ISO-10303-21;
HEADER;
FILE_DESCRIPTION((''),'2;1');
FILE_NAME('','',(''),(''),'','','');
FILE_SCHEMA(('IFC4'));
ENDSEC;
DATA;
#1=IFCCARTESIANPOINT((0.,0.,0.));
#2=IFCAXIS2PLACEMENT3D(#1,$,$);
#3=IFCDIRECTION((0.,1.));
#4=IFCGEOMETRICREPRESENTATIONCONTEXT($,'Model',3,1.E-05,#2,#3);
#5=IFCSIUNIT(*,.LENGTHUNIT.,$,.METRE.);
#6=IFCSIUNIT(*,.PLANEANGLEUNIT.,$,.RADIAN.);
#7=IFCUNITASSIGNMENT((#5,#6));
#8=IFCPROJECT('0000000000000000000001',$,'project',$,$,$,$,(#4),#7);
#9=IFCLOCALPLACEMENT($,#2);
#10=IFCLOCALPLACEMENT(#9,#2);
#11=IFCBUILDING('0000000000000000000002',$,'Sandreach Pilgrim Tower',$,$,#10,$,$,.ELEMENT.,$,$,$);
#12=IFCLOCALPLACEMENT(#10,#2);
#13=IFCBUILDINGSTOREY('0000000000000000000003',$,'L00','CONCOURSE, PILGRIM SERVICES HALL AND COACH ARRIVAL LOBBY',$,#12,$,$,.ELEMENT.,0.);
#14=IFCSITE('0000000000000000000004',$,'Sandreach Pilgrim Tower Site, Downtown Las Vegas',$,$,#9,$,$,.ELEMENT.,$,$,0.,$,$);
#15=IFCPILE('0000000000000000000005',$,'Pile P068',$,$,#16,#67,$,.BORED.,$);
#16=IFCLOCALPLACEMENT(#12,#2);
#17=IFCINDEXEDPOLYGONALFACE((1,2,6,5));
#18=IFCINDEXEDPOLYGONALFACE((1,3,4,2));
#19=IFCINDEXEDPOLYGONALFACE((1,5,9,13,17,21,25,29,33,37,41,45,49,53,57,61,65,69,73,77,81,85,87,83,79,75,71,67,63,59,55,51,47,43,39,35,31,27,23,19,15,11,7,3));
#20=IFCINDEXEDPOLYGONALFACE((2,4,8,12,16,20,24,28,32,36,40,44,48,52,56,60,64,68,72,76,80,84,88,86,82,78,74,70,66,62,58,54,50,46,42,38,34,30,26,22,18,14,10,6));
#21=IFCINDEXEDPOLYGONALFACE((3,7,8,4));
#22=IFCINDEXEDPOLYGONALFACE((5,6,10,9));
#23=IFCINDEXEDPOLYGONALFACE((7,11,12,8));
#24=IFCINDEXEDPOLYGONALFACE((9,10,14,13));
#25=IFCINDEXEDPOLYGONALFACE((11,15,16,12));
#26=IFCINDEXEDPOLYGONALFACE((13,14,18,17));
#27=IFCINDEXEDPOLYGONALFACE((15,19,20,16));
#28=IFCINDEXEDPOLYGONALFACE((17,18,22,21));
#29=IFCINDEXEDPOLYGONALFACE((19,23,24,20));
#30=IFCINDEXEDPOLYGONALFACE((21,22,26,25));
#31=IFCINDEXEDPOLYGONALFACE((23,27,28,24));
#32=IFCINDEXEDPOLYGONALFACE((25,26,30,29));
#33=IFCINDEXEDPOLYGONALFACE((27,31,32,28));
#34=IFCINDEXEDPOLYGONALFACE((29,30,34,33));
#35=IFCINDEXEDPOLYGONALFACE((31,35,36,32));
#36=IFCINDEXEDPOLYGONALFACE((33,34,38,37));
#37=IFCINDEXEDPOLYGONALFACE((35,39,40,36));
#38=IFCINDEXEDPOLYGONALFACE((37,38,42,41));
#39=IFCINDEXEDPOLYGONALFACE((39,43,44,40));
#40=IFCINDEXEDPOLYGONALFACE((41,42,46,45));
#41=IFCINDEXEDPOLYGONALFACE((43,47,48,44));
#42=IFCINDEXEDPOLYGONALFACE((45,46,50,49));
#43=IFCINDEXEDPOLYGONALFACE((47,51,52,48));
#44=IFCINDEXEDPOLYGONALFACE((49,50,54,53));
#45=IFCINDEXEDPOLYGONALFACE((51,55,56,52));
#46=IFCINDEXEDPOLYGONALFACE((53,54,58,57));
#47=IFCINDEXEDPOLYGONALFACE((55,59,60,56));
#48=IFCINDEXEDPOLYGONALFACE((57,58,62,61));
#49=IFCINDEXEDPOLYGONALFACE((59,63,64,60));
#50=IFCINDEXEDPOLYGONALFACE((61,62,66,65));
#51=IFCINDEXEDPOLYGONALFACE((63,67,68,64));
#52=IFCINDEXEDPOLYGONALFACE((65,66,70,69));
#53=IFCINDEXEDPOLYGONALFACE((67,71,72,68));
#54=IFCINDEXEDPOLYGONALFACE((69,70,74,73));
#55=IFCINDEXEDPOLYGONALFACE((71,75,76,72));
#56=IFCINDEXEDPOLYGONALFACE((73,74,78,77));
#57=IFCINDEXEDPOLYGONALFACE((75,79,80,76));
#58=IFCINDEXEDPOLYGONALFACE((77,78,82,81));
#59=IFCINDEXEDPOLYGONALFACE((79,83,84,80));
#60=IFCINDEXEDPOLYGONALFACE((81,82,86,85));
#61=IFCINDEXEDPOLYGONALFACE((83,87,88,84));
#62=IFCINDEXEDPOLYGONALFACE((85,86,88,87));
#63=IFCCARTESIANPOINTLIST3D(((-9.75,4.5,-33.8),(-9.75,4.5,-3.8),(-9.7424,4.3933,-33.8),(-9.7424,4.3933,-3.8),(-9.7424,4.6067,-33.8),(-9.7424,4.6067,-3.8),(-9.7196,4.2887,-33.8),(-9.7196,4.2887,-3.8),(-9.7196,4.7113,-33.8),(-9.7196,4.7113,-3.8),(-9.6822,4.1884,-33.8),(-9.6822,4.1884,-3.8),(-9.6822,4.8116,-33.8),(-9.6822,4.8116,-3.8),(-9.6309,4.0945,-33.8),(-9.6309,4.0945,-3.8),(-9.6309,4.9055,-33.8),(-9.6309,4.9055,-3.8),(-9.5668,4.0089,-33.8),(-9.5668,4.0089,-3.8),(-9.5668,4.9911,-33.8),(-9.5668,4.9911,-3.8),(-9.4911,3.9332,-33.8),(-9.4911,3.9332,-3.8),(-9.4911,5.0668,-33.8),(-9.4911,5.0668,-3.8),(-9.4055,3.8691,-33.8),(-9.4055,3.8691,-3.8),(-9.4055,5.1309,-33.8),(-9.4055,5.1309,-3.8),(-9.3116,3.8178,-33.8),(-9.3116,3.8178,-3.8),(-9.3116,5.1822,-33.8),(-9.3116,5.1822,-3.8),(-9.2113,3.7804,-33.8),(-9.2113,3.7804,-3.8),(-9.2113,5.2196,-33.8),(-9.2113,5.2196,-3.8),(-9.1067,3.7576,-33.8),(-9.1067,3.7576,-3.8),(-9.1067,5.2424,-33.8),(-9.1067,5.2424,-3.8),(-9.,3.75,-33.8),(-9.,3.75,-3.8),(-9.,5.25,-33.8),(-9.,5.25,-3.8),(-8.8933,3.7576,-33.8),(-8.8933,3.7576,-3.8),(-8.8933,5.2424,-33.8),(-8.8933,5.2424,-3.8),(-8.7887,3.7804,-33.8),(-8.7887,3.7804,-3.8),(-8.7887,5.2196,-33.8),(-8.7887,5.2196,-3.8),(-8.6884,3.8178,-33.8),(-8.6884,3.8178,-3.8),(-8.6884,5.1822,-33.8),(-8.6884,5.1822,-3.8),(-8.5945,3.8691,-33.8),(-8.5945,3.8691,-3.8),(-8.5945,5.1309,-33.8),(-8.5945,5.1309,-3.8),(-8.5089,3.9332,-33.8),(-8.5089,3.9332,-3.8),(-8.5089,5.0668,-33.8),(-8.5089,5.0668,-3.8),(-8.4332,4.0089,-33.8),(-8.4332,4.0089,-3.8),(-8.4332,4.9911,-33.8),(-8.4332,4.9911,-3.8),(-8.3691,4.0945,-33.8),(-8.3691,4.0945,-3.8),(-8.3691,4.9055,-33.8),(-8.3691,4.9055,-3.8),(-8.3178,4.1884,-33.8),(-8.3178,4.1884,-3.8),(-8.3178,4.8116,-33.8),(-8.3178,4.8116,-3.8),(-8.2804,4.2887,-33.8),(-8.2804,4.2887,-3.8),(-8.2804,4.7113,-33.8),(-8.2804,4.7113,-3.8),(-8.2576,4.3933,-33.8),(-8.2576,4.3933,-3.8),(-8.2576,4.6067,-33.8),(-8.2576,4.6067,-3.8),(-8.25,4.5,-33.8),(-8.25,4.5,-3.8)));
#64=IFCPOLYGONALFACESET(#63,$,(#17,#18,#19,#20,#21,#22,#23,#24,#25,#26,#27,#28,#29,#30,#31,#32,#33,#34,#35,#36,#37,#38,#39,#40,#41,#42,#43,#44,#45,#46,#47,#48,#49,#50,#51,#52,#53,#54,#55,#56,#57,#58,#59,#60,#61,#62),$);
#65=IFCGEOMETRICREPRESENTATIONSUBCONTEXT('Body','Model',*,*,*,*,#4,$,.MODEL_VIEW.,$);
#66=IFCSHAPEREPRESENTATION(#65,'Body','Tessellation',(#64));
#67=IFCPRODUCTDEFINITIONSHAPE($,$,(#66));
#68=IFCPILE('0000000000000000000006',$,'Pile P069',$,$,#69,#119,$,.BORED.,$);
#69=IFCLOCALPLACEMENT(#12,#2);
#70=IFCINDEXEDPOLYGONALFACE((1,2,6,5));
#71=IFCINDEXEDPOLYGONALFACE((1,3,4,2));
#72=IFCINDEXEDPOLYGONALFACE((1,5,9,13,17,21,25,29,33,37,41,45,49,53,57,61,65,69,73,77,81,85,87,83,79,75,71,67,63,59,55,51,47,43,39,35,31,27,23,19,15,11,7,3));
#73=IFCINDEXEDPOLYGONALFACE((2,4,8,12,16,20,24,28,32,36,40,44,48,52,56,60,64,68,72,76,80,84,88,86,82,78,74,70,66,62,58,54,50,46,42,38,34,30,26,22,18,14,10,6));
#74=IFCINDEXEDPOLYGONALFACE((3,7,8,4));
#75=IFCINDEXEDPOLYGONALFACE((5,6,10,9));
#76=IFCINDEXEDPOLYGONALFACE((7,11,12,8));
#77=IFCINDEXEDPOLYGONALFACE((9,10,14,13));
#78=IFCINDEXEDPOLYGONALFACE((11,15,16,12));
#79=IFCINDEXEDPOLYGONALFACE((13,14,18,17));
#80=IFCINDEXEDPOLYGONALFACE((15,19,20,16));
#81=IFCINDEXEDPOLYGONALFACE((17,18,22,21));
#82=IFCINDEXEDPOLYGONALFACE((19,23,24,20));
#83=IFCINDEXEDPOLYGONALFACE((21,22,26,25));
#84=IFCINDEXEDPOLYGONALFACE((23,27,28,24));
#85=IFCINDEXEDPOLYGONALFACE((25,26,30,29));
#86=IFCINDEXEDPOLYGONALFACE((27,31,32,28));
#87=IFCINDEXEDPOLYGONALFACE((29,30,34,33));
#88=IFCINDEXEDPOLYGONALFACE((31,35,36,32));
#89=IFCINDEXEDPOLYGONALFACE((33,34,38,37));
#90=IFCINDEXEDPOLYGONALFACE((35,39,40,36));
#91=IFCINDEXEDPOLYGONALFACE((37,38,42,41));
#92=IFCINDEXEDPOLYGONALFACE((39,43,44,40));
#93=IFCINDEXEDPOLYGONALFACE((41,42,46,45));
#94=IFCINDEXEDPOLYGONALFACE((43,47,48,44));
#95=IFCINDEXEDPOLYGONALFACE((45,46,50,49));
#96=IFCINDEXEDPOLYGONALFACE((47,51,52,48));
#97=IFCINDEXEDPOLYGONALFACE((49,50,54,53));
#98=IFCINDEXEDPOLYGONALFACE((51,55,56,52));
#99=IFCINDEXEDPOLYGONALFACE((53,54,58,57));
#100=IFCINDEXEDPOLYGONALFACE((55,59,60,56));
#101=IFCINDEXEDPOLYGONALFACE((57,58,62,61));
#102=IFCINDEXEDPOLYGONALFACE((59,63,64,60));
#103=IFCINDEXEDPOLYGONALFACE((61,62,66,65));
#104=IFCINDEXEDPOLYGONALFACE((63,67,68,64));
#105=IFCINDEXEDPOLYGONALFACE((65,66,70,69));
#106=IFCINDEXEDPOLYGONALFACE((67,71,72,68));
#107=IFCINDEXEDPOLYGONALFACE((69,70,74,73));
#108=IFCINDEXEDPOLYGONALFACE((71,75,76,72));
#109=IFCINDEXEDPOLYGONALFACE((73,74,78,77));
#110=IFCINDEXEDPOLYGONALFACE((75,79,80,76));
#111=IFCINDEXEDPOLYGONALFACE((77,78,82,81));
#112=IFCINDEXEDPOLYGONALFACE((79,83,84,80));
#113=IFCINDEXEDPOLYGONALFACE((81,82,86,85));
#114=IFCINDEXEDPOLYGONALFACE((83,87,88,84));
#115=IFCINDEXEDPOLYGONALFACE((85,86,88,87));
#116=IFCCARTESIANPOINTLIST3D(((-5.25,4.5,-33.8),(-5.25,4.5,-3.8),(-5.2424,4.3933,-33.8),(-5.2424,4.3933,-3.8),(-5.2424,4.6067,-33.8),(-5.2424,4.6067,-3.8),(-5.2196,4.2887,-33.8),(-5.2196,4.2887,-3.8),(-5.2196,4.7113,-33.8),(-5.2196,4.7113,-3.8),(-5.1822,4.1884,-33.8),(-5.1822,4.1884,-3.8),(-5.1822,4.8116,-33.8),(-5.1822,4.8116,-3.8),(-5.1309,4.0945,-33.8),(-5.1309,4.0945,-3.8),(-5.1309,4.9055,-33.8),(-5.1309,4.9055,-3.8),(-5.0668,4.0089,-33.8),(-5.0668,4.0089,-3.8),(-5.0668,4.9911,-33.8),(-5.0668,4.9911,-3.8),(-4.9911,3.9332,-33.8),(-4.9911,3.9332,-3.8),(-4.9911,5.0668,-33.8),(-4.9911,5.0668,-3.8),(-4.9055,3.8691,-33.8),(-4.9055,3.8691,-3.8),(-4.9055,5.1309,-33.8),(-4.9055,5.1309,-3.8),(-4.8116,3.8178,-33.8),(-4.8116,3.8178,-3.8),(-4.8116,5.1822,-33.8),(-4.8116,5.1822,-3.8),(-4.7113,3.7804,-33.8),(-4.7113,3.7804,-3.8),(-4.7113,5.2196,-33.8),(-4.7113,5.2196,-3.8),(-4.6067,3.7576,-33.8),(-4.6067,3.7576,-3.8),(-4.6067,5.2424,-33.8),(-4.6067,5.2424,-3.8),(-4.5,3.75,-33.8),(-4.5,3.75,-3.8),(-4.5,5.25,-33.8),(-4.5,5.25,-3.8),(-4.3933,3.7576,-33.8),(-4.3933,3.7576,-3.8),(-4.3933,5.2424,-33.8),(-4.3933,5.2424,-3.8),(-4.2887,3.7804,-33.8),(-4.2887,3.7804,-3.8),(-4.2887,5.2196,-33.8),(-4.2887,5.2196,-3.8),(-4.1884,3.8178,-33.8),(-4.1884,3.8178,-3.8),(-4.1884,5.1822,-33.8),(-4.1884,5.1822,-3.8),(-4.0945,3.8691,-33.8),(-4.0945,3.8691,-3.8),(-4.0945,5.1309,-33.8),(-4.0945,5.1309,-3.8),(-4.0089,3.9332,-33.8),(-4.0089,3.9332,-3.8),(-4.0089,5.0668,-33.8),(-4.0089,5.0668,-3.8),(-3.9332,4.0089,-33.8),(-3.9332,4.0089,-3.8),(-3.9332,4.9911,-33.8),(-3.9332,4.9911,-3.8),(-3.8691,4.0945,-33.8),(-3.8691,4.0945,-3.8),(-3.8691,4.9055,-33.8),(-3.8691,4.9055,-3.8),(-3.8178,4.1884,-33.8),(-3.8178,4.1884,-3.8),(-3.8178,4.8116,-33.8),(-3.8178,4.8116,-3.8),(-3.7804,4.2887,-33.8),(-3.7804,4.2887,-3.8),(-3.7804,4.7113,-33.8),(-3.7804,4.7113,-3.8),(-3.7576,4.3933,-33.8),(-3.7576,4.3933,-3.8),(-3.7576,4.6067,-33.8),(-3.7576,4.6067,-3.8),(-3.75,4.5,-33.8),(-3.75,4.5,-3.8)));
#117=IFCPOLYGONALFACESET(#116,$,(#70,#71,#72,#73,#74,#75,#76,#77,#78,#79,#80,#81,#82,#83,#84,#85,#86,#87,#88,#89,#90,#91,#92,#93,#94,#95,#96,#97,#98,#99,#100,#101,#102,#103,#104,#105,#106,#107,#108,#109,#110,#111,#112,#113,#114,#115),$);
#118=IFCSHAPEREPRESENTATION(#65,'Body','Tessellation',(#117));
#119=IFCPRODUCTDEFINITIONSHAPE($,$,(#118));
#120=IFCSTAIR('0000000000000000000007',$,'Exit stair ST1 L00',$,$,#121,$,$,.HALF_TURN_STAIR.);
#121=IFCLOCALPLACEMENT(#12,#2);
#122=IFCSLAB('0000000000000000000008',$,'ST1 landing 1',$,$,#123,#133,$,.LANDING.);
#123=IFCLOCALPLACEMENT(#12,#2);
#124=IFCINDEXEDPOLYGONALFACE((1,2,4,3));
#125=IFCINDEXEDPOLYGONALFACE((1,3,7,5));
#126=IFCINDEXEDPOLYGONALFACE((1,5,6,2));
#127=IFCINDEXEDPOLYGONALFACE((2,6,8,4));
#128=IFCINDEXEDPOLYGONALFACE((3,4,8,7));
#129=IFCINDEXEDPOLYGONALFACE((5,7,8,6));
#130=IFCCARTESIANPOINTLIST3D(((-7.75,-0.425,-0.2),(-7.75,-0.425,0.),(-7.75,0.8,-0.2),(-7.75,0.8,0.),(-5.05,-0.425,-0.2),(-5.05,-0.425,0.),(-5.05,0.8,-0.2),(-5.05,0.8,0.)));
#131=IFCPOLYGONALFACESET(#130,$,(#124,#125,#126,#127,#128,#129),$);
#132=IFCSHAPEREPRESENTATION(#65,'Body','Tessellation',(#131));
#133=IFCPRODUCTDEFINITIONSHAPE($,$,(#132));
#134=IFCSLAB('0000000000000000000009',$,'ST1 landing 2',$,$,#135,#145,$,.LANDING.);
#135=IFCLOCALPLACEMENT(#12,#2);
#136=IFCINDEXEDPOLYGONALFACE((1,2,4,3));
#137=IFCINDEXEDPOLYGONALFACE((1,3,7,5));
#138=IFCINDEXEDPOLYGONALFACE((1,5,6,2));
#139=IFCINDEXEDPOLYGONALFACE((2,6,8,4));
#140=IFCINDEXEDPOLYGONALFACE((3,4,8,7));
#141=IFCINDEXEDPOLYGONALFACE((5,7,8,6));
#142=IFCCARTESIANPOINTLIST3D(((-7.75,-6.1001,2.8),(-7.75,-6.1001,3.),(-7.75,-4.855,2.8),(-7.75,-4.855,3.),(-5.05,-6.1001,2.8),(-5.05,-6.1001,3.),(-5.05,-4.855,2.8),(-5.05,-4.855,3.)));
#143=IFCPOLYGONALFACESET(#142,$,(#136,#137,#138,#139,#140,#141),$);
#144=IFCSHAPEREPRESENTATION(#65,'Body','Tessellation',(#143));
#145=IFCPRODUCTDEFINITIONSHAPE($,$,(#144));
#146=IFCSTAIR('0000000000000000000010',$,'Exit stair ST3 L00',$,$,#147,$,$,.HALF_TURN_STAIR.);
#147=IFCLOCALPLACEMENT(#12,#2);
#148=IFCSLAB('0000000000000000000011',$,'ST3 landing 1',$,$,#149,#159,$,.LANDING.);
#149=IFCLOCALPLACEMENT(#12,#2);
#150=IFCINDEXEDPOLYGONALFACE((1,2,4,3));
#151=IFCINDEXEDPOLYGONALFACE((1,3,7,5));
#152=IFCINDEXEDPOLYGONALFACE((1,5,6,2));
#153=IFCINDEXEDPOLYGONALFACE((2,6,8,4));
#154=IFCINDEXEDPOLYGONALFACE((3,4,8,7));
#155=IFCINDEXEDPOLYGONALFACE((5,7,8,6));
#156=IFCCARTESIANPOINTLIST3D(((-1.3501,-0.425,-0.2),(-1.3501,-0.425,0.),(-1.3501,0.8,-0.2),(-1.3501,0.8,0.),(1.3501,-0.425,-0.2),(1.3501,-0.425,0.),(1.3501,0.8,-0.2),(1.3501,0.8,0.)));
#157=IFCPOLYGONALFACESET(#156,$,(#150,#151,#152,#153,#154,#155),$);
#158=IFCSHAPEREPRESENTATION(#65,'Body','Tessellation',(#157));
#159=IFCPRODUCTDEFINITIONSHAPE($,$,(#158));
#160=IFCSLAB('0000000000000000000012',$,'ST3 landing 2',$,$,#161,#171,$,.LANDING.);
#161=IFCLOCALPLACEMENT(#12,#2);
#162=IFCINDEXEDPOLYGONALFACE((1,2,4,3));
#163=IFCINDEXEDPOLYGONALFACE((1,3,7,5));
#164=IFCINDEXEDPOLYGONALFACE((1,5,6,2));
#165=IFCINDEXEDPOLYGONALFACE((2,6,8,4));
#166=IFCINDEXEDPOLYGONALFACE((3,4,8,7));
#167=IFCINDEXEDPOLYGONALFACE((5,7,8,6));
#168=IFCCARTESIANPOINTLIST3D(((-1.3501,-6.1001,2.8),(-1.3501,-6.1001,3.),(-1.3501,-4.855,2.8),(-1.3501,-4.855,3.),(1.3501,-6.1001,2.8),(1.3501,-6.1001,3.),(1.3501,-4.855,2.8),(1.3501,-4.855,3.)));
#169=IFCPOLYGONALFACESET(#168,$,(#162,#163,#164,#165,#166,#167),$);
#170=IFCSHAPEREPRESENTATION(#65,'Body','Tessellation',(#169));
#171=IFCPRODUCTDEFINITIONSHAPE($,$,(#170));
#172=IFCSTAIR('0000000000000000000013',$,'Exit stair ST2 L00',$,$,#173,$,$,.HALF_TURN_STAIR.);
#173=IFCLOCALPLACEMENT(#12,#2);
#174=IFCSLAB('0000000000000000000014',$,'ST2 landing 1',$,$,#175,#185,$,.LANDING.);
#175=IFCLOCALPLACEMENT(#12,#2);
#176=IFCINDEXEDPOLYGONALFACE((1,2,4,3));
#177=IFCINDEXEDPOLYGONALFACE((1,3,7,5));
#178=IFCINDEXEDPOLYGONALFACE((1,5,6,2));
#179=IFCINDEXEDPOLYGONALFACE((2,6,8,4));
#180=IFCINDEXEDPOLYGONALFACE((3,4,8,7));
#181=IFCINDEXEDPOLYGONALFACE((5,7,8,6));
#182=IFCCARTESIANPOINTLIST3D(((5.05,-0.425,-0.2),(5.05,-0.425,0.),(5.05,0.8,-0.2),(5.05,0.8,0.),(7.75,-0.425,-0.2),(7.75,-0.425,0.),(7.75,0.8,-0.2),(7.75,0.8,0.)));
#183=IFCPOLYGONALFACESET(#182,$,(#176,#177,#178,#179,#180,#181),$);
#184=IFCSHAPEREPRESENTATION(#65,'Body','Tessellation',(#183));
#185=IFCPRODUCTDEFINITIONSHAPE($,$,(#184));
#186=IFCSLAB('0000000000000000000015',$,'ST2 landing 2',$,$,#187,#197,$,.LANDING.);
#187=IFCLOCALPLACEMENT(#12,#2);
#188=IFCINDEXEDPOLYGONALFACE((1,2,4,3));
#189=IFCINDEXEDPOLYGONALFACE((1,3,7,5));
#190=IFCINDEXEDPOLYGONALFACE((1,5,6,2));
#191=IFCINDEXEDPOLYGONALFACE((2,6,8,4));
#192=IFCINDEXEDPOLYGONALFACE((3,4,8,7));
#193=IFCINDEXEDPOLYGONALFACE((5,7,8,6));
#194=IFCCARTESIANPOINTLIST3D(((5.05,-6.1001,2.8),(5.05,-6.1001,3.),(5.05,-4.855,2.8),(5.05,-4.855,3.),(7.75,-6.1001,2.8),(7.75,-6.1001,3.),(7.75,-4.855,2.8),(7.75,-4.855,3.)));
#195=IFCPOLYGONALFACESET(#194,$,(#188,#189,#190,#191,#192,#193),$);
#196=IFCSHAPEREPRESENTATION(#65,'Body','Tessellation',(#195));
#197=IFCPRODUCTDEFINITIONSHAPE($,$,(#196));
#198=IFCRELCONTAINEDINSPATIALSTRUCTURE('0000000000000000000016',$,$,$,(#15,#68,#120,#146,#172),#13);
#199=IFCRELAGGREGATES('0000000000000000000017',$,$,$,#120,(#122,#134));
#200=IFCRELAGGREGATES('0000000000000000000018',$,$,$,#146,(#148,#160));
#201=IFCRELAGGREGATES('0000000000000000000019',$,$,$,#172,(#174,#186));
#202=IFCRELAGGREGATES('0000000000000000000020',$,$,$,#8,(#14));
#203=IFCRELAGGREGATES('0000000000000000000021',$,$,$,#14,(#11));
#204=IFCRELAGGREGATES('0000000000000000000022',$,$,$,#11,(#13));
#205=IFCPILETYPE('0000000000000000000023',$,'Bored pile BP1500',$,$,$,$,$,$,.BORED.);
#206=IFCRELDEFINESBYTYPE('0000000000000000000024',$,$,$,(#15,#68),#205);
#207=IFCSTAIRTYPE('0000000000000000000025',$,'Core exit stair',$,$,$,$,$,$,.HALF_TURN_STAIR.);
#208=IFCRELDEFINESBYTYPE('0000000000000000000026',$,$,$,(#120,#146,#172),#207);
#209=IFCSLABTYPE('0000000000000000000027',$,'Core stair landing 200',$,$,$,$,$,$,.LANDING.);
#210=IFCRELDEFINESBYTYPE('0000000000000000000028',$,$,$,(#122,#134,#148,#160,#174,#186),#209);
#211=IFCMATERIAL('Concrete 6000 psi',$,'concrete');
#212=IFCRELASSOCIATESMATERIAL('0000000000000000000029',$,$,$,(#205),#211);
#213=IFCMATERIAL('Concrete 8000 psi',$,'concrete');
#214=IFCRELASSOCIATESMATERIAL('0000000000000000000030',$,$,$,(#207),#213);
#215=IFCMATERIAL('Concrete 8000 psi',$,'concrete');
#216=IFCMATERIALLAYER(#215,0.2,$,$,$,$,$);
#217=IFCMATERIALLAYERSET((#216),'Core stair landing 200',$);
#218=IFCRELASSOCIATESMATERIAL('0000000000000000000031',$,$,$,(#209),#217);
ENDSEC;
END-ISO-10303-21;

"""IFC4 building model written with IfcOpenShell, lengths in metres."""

from ifc_helpers import new_model, si_unit, direction, frame, origin, origin_2d, place, context, subcontext, project, spatial, polyline, circle, outline, extrude, material, layer, layer_set, material_profile, profile_set, type_object, element, aggregate, save


model = new_model("IFC4")

# Units and contexts
model_context = context("Model", 3, precision=1e-05, world=origin(), true_north=direction((0.0, 1.0)))
body_context = subcontext(model_context, "Body", "Model", "MODEL_VIEW")
ifc_project = project(units=[si_unit("LENGTHUNIT", "METRE"), si_unit("PLANEANGLEUNIT", "RADIAN")], contexts=[model_context])

# Site, building, storey
site_placement = place(None, origin())
site = spatial("IfcSite", under=ifc_project, at=site_placement, Name="Sandreach Pilgrim Tower Site, Downtown Las Vegas", CompositionType="ELEMENT", RefElevation=0.0)
building_placement = place(site_placement, origin())
building = spatial("IfcBuilding", under=site, at=building_placement, Name="Sandreach Pilgrim Tower", CompositionType="ELEMENT")
storey_placement = place(building_placement, origin())
storey = spatial("IfcBuildingStorey", under=building, at=storey_placement, Name="L00", Description="CONCOURSE, PILGRIM SERVICES HALL AND COACH ARRIVAL LOBBY", CompositionType="ELEMENT", Elevation=0.0)

# Piles
ifc_material_1 = material(Name="Concrete 6000 psi", Category="concrete")
ifc_material_profile = material_profile(ifc_material_1, circle(Radius=0.75, at=origin_2d()), Name="BP1500")
ifc_profile_set = profile_set([ifc_material_profile], Name="Concrete 6000 psi")
pile_type = type_object("IfcPileType", Name="Bored pile BP1500", PredefinedType="BORED", material=ifc_profile_set)
for number, where, z_axis, x_axis, name in (
    (1, (-9.0, 4.5, -3.8), (0.0, 0.0, -1.0), (1.0, 0.0, 0.0), "Pile P068"),
    (2, (-4.5, 4.5, -3.8), (0.0, 0.0, -1.0), (1.0, 0.0, 0.0), "Pile P069"),
):
    element("IfcPile", number, at=place(storey_placement, frame(where, z_axis=z_axis, x_axis=x_axis)), inside=storey, type_object=pile_type, Name=name, PredefinedType="BORED", context=body_context, shape_type="SweptSolid", body=[
        extrude(circle(Radius=0.75, at=origin_2d()), origin(), (0.0, 0.0, 1.0), 30.0),
    ])

# Stairs, slabs
ifc_material_2 = material(Name="Concrete 8000 psi", Category="concrete")
stair_type_1 = type_object("IfcStairType", Name="Core exit stair", PredefinedType="HALF_TURN_STAIR", material=ifc_material_2)
stair_1_placement = place(storey_placement, origin())
stair_1 = element("IfcStair", 3, at=stair_1_placement, inside=storey, type_object=stair_type_1, Name="Exit stair ST1 L00", PredefinedType="HALF_TURN_STAIR")
ifc_material_3 = material(Name="Concrete 8000 psi", Category="concrete")
ifc_layer_1 = layer(ifc_material_3, 0.2)
ifc_layer_set_1 = layer_set([ifc_layer_1], Name="Core stair landing 200")
slab_type_1 = type_object("IfcSlabType", Name="Core stair landing 200", PredefinedType="LANDING", material=ifc_layer_set_1)
slab_1_placement = place(storey_placement, frame((0.0, 0.0, -0.2)))
slab_1 = element("IfcSlab", 4, at=slab_1_placement, type_object=slab_type_1, Name="ST1 landing 1", PredefinedType="LANDING", context=body_context, shape_type="SweptSolid", body=[
    extrude(outline(polyline([(-7.75, -0.425), (-5.05, -0.425), (-5.05, 0.8), (-7.75, 0.8), (-7.75, -0.425)])), origin(), (0.0, 0.0, 1.0), 0.2),
])
slab_2_placement = place(storey_placement, frame((0.0, 0.0, 2.8)))
slab_2 = element("IfcSlab", 5, at=slab_2_placement, type_object=slab_type_1, Name="ST1 landing 2", PredefinedType="LANDING", context=body_context, shape_type="SweptSolid", body=[
    extrude(outline(polyline([(-7.75, -6.1001), (-5.05, -6.1001), (-5.05, -4.855), (-7.75, -4.855), (-7.75, -6.1001)])), origin(), (0.0, 0.0, 1.0), 0.2),
])
aggregate(stair_1, [slab_1, slab_2])
stair_2_placement = place(storey_placement, origin())
stair_2 = element("IfcStair", 6, at=stair_2_placement, inside=storey, type_object=stair_type_1, Name="Exit stair ST3 L00", PredefinedType="HALF_TURN_STAIR")
slab_3_placement = place(storey_placement, frame((0.0, 0.0, -0.2)))
slab_3 = element("IfcSlab", 7, at=slab_3_placement, type_object=slab_type_1, Name="ST3 landing 1", PredefinedType="LANDING", context=body_context, shape_type="SweptSolid", body=[
    extrude(outline(polyline([(-1.3501, -0.425), (1.3501, -0.425), (1.3501, 0.8), (-1.3501, 0.8), (-1.3501, -0.425)])), origin(), (0.0, 0.0, 1.0), 0.2),
])
slab_4_placement = place(storey_placement, frame((0.0, 0.0, 2.8)))
slab_4 = element("IfcSlab", 8, at=slab_4_placement, type_object=slab_type_1, Name="ST3 landing 2", PredefinedType="LANDING", context=body_context, shape_type="SweptSolid", body=[
    extrude(outline(polyline([(-1.3501, -6.1001), (1.3501, -6.1001), (1.3501, -4.855), (-1.3501, -4.855), (-1.3501, -6.1001)])), origin(), (0.0, 0.0, 1.0), 0.2),
])
aggregate(stair_2, [slab_3, slab_4])
stair_3_placement = place(storey_placement, origin())
stair_3 = element("IfcStair", 9, at=stair_3_placement, inside=storey, type_object=stair_type_1, Name="Exit stair ST2 L00", PredefinedType="HALF_TURN_STAIR")
slab_5_placement = place(storey_placement, frame((0.0, 0.0, -0.2)))
slab_5 = element("IfcSlab", 10, at=slab_5_placement, type_object=slab_type_1, Name="ST2 landing 1", PredefinedType="LANDING", context=body_context, shape_type="SweptSolid", body=[
    extrude(outline(polyline([(5.05, -0.425), (7.75, -0.425), (7.75, 0.8), (5.05, 0.8), (5.05, -0.425)])), origin(), (0.0, 0.0, 1.0), 0.2),
])
slab_6_placement = place(storey_placement, frame((0.0, 0.0, 2.8)))
slab_6 = element("IfcSlab", 11, at=slab_6_placement, type_object=slab_type_1, Name="ST2 landing 2", PredefinedType="LANDING", context=body_context, shape_type="SweptSolid", body=[
    extrude(outline(polyline([(5.05, -6.1001), (7.75, -6.1001), (7.75, -4.855), (5.05, -4.855), (5.05, -6.1001)])), origin(), (0.0, 0.0, 1.0), 0.2),
])
aggregate(stair_3, [slab_5, slab_6])

save(model, "model.ifc")
